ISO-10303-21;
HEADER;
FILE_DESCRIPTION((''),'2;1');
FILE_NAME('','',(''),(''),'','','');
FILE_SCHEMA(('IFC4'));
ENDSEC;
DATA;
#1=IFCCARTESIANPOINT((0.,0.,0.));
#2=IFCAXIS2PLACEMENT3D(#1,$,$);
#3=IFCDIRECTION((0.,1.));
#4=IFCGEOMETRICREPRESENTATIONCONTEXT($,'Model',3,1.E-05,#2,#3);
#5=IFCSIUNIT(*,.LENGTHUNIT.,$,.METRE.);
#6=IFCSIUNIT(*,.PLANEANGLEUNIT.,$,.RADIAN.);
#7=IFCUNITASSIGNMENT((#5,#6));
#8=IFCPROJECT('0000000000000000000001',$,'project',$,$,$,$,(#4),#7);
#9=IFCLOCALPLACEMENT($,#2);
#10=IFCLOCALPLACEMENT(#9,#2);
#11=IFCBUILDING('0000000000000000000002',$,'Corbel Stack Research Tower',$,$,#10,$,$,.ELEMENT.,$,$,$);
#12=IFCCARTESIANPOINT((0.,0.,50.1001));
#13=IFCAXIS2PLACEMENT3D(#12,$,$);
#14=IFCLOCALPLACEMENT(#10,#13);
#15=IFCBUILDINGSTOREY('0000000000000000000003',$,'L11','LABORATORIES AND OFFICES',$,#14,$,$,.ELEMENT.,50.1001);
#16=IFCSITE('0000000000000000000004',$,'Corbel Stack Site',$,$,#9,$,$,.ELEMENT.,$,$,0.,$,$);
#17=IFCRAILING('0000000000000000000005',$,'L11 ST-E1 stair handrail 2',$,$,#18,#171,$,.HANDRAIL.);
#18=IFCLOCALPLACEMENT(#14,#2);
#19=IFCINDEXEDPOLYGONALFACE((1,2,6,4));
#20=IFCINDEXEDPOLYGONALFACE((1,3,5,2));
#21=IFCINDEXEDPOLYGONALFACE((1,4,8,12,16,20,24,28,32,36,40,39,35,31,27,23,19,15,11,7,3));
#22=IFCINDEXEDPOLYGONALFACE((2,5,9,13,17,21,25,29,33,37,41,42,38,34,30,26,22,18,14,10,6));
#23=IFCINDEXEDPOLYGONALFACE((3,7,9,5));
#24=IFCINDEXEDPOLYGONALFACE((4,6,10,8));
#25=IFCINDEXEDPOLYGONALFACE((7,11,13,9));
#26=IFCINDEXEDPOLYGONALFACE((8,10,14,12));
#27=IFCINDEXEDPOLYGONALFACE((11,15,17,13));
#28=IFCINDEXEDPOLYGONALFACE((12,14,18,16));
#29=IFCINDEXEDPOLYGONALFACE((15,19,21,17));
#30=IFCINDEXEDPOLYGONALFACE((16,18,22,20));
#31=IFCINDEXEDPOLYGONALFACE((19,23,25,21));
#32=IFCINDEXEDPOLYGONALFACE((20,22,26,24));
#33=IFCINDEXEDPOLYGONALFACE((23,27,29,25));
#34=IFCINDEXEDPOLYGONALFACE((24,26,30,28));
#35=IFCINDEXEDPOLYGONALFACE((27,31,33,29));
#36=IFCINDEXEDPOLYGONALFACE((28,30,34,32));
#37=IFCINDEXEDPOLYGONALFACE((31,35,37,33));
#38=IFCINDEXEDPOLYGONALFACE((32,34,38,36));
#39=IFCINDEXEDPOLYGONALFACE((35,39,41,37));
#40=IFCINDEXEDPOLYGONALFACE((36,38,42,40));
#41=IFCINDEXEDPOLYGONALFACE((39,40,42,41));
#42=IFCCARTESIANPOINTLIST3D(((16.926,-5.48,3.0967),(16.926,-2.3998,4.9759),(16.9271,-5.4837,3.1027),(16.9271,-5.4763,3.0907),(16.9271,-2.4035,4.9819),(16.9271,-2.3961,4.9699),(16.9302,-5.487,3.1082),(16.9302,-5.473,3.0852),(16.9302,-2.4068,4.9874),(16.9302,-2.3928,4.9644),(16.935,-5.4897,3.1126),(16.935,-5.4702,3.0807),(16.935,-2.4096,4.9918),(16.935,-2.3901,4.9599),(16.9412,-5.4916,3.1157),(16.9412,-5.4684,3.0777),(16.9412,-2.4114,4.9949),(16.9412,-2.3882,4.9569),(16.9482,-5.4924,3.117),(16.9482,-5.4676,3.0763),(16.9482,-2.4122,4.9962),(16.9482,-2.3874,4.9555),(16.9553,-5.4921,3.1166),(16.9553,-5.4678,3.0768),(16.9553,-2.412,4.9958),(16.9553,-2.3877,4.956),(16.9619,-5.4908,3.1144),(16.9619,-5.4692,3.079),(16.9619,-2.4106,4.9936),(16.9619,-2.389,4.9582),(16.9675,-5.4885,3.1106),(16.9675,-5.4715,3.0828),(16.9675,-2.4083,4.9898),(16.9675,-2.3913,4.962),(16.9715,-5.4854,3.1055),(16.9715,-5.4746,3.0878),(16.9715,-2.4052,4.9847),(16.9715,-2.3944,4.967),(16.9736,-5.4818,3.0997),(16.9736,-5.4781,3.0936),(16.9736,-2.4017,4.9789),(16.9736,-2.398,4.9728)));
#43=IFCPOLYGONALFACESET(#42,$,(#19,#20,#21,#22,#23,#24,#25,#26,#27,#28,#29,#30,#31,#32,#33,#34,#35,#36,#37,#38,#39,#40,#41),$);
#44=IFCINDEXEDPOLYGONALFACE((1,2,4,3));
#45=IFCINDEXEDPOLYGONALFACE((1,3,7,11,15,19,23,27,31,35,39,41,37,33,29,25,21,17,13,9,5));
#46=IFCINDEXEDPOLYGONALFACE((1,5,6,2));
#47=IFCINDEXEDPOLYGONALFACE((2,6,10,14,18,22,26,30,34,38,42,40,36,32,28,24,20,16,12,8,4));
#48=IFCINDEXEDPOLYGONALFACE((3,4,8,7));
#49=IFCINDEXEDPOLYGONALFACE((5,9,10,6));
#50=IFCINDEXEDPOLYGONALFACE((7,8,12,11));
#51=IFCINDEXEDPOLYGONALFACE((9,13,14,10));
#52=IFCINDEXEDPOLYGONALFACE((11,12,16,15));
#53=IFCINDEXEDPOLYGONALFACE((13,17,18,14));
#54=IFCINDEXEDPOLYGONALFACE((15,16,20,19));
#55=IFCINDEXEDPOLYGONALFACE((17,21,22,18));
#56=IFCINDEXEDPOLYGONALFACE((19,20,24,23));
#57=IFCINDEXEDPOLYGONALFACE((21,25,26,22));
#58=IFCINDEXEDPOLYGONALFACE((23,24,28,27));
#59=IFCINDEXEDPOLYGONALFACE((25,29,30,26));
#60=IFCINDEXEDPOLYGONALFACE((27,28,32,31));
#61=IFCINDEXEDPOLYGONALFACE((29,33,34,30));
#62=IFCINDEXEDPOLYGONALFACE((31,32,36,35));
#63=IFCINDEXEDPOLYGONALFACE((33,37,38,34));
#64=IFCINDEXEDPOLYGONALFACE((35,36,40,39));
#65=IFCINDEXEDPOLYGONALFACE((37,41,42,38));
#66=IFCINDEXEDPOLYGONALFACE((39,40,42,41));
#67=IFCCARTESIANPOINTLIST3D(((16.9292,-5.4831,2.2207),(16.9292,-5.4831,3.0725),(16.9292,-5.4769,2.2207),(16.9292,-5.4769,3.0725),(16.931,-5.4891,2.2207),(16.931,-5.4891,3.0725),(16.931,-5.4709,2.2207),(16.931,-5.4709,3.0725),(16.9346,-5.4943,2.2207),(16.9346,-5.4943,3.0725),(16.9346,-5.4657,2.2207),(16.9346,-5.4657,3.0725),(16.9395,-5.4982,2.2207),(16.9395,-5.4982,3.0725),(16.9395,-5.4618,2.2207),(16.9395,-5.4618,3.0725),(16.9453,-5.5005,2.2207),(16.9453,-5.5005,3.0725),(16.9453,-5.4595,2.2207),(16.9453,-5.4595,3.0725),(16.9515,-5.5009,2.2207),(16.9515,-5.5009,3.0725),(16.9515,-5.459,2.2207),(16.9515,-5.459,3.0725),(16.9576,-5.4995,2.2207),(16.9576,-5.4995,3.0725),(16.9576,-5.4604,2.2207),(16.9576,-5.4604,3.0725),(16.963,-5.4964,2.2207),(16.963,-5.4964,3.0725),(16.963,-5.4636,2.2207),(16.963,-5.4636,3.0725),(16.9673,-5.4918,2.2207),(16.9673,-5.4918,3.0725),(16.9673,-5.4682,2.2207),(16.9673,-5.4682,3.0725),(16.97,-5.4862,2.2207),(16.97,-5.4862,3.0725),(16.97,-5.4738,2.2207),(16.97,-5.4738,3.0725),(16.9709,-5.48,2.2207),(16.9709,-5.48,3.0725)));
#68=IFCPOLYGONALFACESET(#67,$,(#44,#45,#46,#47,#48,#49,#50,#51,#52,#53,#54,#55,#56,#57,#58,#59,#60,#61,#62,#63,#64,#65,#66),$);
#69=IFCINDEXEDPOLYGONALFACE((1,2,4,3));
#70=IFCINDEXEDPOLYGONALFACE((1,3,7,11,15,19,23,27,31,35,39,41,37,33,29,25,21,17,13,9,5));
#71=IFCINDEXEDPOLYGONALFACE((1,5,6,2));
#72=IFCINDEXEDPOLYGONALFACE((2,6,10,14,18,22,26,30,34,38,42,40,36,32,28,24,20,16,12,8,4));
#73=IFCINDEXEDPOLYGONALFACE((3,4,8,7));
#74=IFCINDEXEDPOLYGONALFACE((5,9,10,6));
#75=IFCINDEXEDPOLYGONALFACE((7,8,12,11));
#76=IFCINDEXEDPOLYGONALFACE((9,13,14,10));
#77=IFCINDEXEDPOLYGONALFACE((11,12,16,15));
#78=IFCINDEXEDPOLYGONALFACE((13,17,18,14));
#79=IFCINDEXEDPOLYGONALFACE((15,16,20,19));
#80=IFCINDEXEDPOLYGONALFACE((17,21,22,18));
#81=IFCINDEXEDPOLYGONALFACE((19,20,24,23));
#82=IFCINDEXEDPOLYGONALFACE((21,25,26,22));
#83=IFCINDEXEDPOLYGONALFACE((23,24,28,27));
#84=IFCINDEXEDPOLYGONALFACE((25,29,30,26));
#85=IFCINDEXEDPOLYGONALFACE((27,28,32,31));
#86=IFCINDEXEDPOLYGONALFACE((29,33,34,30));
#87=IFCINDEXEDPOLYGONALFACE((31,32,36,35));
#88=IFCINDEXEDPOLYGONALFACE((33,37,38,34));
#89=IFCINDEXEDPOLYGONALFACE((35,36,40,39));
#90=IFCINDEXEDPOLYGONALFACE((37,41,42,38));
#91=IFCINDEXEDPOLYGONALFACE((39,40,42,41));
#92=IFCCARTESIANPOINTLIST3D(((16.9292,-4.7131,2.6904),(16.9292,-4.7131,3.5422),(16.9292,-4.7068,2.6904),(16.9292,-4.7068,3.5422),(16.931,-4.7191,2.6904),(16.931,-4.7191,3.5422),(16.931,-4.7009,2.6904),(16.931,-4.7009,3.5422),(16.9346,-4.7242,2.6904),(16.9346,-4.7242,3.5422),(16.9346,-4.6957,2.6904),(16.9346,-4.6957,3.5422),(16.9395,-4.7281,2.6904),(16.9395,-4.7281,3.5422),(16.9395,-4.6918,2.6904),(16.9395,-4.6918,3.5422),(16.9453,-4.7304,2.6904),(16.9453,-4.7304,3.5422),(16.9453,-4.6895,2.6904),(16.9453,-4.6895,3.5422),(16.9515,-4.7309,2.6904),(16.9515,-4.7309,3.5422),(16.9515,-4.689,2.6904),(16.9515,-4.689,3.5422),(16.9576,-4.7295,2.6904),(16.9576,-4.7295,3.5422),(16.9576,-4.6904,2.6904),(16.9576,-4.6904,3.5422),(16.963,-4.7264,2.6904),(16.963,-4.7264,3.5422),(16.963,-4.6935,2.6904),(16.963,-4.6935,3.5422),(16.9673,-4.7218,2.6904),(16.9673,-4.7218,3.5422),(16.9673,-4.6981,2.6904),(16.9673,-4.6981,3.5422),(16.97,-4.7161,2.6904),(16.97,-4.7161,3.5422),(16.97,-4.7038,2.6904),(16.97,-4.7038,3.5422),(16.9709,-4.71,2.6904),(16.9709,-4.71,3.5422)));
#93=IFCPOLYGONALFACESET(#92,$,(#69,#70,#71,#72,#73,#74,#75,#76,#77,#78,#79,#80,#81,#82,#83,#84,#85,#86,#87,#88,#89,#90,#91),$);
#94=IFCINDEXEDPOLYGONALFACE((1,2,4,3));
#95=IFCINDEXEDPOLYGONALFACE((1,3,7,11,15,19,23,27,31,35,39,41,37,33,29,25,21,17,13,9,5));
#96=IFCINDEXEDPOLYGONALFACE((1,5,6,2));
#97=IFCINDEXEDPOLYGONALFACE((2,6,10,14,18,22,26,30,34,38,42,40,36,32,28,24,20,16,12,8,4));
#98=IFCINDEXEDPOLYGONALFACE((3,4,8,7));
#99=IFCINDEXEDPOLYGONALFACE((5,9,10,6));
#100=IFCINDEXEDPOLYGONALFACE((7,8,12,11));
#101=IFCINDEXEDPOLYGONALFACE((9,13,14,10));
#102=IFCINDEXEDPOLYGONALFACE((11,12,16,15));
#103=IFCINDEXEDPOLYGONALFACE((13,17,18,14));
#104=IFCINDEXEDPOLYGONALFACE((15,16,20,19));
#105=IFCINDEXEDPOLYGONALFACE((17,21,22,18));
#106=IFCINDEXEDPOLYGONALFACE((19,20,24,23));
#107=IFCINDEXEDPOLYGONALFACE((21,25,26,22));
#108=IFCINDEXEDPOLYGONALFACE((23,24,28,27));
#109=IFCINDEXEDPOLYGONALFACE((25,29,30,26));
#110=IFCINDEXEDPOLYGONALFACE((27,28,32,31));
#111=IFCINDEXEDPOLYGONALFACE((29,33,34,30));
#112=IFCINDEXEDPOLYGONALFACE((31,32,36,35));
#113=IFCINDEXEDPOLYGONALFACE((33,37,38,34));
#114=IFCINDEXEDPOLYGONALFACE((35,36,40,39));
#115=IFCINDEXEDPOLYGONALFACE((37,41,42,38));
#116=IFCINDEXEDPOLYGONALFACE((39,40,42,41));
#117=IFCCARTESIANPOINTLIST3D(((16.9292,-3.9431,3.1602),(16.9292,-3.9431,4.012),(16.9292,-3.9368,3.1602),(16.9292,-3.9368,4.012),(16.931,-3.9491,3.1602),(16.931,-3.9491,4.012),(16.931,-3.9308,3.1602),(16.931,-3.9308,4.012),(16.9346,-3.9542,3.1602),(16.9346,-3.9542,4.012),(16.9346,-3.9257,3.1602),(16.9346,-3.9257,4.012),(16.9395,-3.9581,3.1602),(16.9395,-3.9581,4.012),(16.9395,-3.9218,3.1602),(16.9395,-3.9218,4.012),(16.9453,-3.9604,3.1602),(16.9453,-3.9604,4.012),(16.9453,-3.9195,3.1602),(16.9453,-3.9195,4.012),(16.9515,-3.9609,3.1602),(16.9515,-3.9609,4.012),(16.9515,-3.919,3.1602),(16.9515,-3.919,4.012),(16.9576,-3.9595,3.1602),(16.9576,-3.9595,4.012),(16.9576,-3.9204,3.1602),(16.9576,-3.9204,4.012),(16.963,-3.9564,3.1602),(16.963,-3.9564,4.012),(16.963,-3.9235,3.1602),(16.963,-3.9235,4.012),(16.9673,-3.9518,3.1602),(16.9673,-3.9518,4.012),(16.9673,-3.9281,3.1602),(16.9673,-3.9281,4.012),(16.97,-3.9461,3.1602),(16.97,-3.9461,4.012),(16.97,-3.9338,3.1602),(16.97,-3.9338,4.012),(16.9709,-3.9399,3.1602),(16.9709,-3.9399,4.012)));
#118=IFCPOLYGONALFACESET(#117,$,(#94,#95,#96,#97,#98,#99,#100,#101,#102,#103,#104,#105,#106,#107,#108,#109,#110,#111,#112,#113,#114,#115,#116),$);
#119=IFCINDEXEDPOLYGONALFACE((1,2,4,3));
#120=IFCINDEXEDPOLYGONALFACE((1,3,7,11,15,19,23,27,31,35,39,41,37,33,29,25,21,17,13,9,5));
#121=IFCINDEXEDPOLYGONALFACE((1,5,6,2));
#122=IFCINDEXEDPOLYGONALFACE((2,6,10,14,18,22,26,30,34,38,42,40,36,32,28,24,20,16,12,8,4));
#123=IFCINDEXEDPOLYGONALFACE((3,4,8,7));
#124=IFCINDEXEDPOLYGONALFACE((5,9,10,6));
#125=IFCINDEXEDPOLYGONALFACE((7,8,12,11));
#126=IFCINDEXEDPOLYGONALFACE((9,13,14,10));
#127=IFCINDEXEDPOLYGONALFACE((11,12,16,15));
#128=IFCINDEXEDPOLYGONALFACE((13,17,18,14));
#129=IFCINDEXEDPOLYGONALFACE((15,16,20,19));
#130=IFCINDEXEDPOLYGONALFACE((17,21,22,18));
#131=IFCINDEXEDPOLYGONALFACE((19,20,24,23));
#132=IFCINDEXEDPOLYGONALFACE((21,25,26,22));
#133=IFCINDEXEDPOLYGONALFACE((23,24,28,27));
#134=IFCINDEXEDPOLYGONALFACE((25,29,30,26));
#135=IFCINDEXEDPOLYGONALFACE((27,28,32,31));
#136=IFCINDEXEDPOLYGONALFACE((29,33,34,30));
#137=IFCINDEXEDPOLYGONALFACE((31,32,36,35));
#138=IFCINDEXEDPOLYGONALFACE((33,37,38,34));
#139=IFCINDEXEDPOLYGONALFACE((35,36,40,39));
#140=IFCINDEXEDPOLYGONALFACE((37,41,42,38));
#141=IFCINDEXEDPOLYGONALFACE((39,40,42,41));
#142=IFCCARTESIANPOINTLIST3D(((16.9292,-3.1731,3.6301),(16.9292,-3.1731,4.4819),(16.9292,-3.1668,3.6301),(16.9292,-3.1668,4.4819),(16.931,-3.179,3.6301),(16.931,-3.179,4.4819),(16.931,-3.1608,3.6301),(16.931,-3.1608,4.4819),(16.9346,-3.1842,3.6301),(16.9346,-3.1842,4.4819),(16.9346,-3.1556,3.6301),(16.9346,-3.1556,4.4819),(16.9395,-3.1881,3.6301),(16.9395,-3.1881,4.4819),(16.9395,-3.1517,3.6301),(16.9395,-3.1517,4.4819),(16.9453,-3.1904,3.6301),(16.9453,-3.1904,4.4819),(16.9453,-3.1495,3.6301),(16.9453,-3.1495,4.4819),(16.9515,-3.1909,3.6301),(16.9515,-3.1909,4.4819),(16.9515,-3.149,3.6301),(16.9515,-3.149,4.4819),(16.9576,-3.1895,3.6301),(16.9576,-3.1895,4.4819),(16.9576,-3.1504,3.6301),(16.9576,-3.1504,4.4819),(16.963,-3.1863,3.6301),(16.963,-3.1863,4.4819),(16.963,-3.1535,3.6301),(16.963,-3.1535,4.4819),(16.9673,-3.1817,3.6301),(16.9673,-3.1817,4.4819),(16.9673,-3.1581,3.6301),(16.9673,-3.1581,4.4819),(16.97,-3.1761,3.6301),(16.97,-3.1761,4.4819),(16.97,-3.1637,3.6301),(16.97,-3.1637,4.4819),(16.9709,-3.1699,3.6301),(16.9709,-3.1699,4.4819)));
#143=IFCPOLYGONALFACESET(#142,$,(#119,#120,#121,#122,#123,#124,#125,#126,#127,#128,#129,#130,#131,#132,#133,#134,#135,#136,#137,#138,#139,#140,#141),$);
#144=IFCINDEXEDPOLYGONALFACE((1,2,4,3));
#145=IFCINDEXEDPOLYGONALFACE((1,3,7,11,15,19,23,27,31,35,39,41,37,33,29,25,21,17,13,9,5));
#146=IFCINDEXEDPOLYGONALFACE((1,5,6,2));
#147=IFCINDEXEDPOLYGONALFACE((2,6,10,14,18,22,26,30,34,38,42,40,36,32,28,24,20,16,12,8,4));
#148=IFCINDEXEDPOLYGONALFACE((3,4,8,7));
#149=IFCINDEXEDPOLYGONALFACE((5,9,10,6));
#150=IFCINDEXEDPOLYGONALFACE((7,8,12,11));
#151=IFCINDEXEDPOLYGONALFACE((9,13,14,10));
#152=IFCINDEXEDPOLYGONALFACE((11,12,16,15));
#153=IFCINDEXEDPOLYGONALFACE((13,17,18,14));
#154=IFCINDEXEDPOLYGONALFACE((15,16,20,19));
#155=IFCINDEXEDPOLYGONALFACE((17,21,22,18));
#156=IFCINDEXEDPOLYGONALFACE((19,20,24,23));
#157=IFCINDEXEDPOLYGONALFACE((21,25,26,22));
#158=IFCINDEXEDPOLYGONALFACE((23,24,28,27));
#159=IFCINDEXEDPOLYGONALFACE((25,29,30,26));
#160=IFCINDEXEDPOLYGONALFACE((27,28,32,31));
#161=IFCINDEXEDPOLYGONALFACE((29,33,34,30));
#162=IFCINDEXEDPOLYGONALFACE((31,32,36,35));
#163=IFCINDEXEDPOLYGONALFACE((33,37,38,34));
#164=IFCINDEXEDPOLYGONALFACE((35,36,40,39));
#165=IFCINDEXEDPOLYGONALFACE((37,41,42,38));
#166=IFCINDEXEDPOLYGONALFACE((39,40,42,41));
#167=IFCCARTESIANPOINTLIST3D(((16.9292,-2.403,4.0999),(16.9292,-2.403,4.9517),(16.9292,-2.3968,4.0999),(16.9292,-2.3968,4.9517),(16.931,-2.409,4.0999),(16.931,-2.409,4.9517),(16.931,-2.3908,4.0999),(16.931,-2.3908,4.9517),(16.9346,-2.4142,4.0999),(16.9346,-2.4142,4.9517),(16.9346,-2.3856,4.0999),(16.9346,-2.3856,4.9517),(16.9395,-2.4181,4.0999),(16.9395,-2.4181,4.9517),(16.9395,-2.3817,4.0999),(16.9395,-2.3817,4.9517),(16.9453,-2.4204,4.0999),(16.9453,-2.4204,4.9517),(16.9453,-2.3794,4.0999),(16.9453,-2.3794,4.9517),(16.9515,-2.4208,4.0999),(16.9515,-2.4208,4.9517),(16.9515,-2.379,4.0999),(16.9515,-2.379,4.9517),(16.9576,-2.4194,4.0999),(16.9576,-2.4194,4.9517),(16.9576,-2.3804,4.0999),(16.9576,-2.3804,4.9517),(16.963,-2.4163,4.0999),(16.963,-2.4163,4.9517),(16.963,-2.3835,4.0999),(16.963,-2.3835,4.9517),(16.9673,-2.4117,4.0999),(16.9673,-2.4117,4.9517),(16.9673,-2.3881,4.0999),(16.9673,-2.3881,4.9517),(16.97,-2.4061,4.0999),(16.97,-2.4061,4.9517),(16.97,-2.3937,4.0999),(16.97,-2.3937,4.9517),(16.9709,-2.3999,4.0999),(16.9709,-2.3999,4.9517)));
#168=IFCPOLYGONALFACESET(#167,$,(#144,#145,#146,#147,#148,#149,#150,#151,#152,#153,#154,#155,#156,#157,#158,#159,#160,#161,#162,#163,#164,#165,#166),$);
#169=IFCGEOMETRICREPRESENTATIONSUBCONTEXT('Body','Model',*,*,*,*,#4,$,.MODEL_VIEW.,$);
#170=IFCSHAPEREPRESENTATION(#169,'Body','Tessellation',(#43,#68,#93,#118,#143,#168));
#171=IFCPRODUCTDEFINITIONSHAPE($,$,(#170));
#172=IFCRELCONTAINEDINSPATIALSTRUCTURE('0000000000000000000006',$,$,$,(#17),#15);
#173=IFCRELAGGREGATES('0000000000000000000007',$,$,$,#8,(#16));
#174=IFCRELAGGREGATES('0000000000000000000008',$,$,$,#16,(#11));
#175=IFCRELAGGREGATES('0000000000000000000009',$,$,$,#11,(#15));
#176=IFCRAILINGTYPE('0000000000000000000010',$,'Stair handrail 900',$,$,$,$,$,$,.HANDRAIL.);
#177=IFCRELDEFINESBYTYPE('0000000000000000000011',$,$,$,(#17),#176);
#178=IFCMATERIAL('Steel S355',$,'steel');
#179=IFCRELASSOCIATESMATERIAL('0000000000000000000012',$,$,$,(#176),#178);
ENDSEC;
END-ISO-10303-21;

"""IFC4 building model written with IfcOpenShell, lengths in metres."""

from ifc_helpers import new_model, si_unit, direction, frame, origin, origin_2d, place, context, subcontext, project, spatial, circle, extrude, material, type_object, element, save


model = new_model("IFC4")

# Units and contexts
model_context = context("Model", 3, precision=1e-05, world=origin(), true_north=direction((0.0, 1.0)))
body_context = subcontext(model_context, "Body", "Model", "MODEL_VIEW")
ifc_project = project(units=[si_unit("LENGTHUNIT", "METRE"), si_unit("PLANEANGLEUNIT", "RADIAN")], contexts=[model_context])

# Site, building, storey
site_placement = place(None, origin())
site = spatial("IfcSite", under=ifc_project, at=site_placement, Name="Corbel Stack Site", CompositionType="ELEMENT", RefElevation=0.0)
building_placement = place(site_placement, origin())
building = spatial("IfcBuilding", under=site, at=building_placement, Name="Corbel Stack Research Tower", CompositionType="ELEMENT")
storey_placement = place(building_placement, frame((0.0, 0.0, 50.1001)))
storey = spatial("IfcBuildingStorey", under=building, at=storey_placement, Name="L11", Description="LABORATORIES AND OFFICES", CompositionType="ELEMENT", Elevation=50.1001)

# Railing
ifc_material_1 = material(Name="Steel S355", Category="steel")
railing_type_1 = type_object("IfcRailingType", Name="Stair handrail 900", PredefinedType="HANDRAIL", material=ifc_material_1)
railing_1_placement = place(storey_placement, frame((16.95, -5.48, 2.2207)))
element("IfcRailing", 1, at=railing_1_placement, inside=storey, type_object=railing_type_1, Name="L11 ST-E1 stair handrail 2", PredefinedType="HANDRAIL", context=body_context, shape_type="SweptSolid", body=[
    extrude(circle(Radius=0.0239, at=origin_2d()), frame((0.0, 0.0, 0.876), z_axis=(0.0, 0.853666, 0.52082), x_axis=(-1.0, 0.0, 0.0)), (0.0, 0.0, 1.0), 3.6082),
    extrude(circle(Radius=0.021, at=origin_2d()), origin(), (0.0, 0.0, 1.0), 0.8518),
    extrude(circle(Radius=0.021, at=origin_2d()), frame((0.0, 0.77, 0.4697)), (0.0, 0.0, 1.0), 0.8518),
    extrude(circle(Radius=0.021, at=origin_2d()), frame((0.0, 1.54, 0.9395)), (0.0, 0.0, 1.0), 0.8518),
    extrude(circle(Radius=0.021, at=origin_2d()), frame((0.0, 2.3101, 1.4094)), (0.0, 0.0, 1.0), 0.8518),
    extrude(circle(Radius=0.021, at=origin_2d()), frame((0.0, 3.0801, 1.8792)), (0.0, 0.0, 1.0), 0.8518),
])

save(model, "model.ifc")
